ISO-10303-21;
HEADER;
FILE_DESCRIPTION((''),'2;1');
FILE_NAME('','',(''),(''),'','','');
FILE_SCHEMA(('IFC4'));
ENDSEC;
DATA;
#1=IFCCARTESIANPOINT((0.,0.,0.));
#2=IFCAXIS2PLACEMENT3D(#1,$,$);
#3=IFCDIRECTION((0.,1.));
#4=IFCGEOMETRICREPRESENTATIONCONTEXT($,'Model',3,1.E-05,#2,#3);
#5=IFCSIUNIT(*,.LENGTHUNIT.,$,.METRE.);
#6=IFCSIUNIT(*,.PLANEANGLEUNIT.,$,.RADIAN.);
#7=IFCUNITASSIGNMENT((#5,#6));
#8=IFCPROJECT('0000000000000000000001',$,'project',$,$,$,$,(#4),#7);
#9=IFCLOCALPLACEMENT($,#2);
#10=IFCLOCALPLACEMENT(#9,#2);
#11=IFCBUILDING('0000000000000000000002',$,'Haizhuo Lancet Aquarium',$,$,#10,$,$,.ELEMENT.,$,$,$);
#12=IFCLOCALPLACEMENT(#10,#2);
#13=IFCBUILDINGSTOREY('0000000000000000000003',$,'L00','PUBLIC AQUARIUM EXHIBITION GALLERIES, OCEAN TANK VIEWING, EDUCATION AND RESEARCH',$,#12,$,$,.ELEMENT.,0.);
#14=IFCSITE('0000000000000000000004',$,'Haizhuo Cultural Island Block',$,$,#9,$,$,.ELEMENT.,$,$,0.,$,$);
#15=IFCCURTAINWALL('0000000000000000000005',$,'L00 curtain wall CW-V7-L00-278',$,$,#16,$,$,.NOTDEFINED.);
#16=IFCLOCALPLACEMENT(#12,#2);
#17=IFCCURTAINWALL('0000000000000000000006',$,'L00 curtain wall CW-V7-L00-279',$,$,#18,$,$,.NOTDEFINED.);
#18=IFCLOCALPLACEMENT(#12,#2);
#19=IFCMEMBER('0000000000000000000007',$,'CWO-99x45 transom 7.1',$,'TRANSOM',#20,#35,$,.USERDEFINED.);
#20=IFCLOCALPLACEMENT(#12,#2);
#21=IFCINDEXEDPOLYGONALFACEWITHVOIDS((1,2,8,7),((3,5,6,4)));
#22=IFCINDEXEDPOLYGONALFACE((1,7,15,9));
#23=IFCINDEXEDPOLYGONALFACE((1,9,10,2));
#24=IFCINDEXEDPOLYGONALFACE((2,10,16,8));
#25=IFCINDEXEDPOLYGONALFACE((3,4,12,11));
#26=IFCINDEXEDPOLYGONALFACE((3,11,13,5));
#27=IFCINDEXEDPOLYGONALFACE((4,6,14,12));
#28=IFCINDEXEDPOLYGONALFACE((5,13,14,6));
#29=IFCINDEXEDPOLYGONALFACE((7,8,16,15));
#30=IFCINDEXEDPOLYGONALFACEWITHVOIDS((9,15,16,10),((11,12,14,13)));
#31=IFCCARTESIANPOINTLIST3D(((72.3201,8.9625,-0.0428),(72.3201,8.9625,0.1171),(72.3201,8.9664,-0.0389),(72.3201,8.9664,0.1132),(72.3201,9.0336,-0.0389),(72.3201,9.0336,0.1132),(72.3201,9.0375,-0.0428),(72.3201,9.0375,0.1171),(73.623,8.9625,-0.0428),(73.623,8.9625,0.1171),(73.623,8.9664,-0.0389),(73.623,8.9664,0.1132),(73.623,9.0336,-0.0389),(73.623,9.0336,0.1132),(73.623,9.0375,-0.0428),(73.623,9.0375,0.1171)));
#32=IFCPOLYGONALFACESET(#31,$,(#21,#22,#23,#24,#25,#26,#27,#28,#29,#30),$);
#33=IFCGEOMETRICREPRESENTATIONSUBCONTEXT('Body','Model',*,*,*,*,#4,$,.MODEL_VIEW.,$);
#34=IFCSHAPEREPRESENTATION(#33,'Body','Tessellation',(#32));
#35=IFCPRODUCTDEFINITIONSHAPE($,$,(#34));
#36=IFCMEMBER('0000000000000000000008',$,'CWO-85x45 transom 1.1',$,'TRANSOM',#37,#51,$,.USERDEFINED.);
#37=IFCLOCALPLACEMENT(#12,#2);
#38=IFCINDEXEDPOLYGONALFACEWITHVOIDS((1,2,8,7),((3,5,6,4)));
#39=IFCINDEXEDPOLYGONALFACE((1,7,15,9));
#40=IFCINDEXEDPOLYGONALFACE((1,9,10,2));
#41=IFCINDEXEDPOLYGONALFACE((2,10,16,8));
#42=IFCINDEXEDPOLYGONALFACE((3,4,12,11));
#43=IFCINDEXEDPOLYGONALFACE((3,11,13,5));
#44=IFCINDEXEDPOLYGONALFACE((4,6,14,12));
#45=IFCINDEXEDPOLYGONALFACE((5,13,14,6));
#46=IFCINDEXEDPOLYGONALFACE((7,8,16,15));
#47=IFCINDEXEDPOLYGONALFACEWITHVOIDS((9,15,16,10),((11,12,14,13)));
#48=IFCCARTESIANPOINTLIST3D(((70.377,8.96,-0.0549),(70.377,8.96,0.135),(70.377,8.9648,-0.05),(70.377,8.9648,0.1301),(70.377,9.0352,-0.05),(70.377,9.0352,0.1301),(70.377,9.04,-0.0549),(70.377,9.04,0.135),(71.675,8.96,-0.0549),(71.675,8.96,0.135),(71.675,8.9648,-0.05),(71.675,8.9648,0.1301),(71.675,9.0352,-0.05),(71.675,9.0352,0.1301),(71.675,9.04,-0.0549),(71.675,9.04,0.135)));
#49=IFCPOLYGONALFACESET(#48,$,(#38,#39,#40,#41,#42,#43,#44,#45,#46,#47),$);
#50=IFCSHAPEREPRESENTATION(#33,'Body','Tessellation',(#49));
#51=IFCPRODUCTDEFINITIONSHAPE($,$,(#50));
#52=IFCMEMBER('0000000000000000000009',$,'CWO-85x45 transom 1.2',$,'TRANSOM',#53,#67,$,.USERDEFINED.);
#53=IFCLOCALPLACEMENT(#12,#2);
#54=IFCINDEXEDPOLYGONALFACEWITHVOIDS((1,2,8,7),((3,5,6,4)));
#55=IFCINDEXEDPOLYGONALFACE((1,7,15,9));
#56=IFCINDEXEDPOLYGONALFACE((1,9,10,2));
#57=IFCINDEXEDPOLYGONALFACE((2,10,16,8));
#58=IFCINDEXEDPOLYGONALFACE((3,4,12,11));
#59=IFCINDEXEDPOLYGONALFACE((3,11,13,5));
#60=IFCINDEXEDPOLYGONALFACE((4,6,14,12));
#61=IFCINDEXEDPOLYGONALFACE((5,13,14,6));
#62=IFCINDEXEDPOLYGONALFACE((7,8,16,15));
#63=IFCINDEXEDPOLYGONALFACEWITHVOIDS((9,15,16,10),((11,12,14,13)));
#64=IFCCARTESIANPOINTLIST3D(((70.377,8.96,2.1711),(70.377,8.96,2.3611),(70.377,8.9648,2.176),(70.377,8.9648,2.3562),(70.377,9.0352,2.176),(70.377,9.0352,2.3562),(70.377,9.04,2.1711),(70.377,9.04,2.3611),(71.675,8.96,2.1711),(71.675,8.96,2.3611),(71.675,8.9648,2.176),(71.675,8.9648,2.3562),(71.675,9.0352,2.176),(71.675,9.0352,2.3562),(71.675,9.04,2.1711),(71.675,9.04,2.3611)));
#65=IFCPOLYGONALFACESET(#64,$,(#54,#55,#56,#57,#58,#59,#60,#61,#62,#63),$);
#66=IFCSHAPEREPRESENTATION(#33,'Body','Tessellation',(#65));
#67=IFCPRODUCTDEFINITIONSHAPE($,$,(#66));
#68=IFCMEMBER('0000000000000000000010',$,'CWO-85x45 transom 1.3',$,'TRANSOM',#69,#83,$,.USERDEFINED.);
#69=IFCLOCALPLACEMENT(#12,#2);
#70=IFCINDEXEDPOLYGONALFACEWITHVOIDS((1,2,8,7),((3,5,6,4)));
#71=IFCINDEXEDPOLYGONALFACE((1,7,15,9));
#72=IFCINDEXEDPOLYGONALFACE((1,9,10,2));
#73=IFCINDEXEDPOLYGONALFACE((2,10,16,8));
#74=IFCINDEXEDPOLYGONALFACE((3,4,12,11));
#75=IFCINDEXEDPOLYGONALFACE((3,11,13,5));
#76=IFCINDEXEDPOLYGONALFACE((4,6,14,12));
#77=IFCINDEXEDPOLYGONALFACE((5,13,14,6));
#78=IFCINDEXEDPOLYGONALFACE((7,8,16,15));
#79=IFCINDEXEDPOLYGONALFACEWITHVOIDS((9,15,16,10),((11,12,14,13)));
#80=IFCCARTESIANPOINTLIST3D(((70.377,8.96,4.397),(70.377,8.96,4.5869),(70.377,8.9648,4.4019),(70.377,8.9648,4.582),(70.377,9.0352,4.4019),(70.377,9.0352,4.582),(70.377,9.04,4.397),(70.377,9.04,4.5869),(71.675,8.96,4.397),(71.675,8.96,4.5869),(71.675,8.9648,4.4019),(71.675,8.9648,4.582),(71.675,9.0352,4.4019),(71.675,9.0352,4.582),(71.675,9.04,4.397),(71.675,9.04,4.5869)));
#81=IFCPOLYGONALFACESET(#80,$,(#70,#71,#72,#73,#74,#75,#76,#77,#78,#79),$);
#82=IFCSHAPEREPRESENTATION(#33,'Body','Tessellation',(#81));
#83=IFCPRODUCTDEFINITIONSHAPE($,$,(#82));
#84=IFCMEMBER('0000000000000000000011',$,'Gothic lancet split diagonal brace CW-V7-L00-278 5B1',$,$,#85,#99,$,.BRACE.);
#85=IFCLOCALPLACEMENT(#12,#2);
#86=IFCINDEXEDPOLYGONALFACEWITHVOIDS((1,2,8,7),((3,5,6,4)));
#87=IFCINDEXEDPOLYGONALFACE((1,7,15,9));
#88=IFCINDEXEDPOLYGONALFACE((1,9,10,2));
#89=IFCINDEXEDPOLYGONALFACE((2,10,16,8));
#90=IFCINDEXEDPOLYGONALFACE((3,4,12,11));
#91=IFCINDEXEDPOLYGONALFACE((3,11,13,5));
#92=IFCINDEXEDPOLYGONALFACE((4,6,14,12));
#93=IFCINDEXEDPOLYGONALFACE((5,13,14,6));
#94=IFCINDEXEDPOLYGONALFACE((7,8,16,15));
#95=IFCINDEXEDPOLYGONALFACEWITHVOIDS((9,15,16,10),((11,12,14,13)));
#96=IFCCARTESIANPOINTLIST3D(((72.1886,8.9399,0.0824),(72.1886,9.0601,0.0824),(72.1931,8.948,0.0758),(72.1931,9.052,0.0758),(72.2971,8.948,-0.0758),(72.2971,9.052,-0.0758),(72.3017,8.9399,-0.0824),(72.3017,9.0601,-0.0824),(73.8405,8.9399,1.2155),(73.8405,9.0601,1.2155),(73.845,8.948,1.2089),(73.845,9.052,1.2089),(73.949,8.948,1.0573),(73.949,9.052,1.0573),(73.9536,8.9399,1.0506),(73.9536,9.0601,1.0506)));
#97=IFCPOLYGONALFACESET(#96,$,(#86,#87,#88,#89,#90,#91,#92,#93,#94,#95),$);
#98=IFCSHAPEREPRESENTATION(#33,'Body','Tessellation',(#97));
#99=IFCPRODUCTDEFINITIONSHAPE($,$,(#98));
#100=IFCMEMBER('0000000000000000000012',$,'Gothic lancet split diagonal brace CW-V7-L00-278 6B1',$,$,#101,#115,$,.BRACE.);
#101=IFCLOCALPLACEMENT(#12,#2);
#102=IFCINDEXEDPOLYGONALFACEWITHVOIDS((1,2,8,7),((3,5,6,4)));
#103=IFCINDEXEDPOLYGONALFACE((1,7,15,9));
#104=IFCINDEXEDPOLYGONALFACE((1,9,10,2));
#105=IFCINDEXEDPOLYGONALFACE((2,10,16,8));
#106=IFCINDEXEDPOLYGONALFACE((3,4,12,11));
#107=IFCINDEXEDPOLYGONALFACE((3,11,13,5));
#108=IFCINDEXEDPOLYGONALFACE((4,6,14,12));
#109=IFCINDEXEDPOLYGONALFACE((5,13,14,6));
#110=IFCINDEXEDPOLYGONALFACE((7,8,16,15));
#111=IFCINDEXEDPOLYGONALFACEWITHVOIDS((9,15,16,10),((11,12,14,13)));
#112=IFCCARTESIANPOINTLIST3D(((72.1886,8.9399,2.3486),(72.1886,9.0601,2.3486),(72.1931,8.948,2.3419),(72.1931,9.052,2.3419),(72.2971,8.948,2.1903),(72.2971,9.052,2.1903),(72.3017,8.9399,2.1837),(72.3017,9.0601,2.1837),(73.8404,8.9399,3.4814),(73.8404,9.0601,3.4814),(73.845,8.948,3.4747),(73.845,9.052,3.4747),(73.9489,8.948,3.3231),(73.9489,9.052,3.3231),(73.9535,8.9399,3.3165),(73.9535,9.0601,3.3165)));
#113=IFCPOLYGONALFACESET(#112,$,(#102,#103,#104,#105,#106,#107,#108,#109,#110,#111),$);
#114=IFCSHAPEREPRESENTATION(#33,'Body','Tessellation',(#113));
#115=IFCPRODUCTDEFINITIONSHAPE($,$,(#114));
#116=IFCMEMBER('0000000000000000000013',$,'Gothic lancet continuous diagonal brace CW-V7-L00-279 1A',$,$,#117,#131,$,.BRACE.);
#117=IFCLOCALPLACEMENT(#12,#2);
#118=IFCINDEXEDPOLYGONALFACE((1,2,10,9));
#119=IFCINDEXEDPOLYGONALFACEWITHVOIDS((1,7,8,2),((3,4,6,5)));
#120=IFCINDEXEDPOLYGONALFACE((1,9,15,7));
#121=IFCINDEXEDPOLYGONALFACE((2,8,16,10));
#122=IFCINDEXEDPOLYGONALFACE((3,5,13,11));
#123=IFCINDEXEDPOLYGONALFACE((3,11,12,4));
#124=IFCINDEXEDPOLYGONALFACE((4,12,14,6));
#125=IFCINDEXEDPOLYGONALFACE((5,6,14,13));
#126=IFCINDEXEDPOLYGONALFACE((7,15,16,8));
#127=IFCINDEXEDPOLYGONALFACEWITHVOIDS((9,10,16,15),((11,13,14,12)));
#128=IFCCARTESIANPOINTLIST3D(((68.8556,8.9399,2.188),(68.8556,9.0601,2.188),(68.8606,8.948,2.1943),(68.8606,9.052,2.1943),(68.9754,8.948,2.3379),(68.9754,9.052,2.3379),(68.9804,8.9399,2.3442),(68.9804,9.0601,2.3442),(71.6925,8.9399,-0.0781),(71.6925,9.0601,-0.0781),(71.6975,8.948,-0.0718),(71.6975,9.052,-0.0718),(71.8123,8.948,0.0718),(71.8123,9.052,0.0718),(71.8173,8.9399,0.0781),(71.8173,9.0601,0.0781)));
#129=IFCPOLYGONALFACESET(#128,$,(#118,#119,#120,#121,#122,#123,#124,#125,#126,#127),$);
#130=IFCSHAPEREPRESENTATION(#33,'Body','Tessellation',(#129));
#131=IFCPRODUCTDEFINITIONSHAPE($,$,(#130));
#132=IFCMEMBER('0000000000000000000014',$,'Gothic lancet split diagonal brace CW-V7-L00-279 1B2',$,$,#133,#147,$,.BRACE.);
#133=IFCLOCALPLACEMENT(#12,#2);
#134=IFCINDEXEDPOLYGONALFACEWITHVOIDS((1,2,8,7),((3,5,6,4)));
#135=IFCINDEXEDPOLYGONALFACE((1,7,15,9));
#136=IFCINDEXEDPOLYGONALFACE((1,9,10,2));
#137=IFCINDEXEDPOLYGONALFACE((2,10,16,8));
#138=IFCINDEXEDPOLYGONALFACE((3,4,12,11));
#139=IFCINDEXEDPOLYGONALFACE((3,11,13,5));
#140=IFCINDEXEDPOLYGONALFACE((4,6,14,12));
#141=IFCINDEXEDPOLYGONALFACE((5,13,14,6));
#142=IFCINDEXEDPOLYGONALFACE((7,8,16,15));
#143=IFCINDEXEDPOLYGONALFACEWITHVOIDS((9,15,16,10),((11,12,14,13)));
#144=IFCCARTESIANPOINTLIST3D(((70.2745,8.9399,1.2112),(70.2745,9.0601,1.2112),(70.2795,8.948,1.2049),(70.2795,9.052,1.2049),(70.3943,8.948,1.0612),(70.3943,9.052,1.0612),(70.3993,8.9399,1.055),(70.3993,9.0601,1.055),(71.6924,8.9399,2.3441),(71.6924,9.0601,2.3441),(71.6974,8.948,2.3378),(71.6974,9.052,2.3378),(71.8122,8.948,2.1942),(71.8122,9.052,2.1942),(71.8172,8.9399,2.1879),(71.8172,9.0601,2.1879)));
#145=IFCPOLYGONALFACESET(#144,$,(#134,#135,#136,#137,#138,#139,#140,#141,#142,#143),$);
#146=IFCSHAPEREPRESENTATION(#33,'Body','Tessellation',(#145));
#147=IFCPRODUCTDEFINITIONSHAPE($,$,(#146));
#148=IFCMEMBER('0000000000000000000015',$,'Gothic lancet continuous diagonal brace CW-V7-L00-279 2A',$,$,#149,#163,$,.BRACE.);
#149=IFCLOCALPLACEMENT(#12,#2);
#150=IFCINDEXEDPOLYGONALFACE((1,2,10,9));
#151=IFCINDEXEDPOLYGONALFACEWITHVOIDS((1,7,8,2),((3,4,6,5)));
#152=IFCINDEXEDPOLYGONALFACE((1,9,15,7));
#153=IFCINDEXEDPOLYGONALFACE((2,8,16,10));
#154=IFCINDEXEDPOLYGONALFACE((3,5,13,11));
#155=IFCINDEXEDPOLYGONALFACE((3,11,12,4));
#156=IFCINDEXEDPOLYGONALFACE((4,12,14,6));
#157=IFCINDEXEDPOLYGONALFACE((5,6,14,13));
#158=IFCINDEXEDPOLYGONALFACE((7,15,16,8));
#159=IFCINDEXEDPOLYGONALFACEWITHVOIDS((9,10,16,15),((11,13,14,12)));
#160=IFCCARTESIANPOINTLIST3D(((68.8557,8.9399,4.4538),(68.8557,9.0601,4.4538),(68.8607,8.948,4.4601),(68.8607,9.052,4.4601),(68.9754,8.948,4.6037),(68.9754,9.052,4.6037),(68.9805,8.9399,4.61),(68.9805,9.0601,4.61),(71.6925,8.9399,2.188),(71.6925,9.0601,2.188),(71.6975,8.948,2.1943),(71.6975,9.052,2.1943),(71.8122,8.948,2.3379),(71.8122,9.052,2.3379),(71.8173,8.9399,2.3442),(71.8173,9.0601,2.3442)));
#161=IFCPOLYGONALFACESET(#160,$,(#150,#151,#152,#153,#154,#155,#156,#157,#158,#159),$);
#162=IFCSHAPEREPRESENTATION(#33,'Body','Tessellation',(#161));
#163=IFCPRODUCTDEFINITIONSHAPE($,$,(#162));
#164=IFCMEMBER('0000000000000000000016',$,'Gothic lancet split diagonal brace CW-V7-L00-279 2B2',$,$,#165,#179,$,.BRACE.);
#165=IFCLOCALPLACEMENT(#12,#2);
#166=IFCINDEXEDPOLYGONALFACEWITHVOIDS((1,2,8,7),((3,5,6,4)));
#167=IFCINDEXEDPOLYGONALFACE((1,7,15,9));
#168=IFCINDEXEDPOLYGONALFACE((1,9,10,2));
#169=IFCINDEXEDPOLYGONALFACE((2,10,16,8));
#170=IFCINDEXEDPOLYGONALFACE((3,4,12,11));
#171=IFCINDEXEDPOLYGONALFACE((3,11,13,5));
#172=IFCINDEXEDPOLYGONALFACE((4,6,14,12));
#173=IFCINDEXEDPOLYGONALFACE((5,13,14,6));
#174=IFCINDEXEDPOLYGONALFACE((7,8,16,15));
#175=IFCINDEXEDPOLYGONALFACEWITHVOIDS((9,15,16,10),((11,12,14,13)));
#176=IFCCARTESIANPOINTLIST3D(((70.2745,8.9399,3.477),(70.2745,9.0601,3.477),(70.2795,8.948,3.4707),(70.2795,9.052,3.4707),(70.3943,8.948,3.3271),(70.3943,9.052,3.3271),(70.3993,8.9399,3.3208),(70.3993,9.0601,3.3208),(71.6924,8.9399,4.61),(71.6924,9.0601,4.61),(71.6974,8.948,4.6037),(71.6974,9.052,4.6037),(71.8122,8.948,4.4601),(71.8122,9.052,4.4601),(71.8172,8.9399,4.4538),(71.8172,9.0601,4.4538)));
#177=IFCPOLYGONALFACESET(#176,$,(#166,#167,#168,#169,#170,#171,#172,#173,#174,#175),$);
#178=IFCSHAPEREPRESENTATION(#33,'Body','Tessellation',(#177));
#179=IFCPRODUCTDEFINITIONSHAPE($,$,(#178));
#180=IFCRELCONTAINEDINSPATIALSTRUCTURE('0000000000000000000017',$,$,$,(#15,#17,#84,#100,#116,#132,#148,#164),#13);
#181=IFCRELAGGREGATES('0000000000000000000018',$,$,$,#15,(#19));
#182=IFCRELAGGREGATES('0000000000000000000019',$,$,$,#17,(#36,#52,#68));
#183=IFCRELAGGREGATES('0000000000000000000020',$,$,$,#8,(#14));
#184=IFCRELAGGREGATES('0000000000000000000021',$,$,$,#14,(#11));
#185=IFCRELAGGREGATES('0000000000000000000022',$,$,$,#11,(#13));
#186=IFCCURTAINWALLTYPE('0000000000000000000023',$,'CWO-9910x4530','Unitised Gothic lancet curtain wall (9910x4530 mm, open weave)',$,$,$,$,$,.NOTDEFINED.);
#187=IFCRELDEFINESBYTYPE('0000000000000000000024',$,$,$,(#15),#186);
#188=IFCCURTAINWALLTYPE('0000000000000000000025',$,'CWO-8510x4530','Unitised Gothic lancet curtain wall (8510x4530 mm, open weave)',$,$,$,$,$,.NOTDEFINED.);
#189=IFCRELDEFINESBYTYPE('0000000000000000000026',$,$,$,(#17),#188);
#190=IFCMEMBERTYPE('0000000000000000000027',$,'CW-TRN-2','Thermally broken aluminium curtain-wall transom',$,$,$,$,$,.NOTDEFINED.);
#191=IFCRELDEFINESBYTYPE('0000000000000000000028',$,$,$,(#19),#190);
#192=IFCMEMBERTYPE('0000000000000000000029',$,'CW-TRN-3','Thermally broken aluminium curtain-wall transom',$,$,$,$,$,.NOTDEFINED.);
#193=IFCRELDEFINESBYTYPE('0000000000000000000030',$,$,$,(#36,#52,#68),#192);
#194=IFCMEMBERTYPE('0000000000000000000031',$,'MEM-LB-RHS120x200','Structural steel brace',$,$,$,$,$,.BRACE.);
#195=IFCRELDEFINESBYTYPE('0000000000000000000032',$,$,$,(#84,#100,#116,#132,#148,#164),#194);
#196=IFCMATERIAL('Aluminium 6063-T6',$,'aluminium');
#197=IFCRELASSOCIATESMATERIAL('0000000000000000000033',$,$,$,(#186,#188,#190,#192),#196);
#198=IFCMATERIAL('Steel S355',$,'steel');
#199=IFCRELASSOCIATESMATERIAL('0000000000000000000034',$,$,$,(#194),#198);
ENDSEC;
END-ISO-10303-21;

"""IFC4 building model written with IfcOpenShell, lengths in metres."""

from ifc_helpers import new_model, si_unit, direction, frame, origin, origin_2d, place, context, subcontext, project, spatial, hollow_rectangle, extrude, material, material_profile, profile_set, type_object, element, aggregate, save


model = new_model("IFC4")

# Units and contexts
model_context = context("Model", 3, precision=1e-05, world=origin(), true_north=direction((0.0, 1.0)))
body_context = subcontext(model_context, "Body", "Model", "MODEL_VIEW")
ifc_project = project(units=[si_unit("LENGTHUNIT", "METRE"), si_unit("PLANEANGLEUNIT", "RADIAN")], contexts=[model_context])

# Site, building, storey
site_placement = place(None, origin())
site = spatial("IfcSite", under=ifc_project, at=site_placement, Name="Haizhuo Cultural Island Block", CompositionType="ELEMENT", RefElevation=0.0)
building_placement = place(site_placement, origin())
building = spatial("IfcBuilding", under=site, at=building_placement, Name="Haizhuo Lancet Aquarium", CompositionType="ELEMENT")
storey_placement = place(building_placement, origin())
storey = spatial("IfcBuildingStorey", under=building, at=storey_placement, Name="L00", Description="PUBLIC AQUARIUM EXHIBITION GALLERIES, OCEAN TANK VIEWING, EDUCATION AND RESEARCH", CompositionType="ELEMENT", Elevation=0.0)

# Shared definitions
ifc_material_1 = material(Name="Steel S355", Category="steel")

# Curtain wall
ifc_material_2 = material(Name="Aluminium 6063-T6", Category="aluminium")
curtain_wall_type_1 = type_object("IfcCurtainWallType", Name="CWO-9910x4530", Description="Unitised Gothic lancet curtain wall (9910x4530 mm, open weave)", PredefinedType="NOTDEFINED", material=ifc_material_2)
curtain_wall_1_placement = place(storey_placement, origin())
curtain_wall_1 = element("IfcCurtainWall", 1, at=curtain_wall_1_placement, inside=storey, type_object=curtain_wall_type_1, Name="L00 curtain wall CW-V7-L00-278", PredefinedType="NOTDEFINED")

# Curtain wall
curtain_wall_type_2 = type_object("IfcCurtainWallType", Name="CWO-8510x4530", Description="Unitised Gothic lancet curtain wall (8510x4530 mm, open weave)", PredefinedType="NOTDEFINED", material=ifc_material_2)
curtain_wall_2_placement = place(storey_placement, origin())
curtain_wall_2 = element("IfcCurtainWall", 2, at=curtain_wall_2_placement, inside=storey, type_object=curtain_wall_type_2, Name="L00 curtain wall CW-V7-L00-279", PredefinedType="NOTDEFINED")

# Members
ifc_material_profile_1 = material_profile(ifc_material_2, hollow_rectangle(XDim=0.075, YDim=0.1599, WallThickness=0.0039, at=origin_2d()), Name="ALU-T 75x160x4")
ifc_profile_set_1 = profile_set([ifc_material_profile_1], Name="Aluminium 6063-T6")
member_type_1 = type_object("IfcMemberType", Name="CW-TRN-2", Description="Thermally broken aluminium curtain-wall transom", PredefinedType="NOTDEFINED", material=ifc_profile_set_1)
member_1_placement = place(storey_placement, frame((73.623, 9.0, 0.0371), z_axis=(-1.0, 0.0, 0.0), x_axis=(0.0, -1.0, 0.0)))
member_1 = element("IfcMember", 3, at=member_1_placement, type_object=member_type_1, Name="CWO-99x45 transom 7.1", ObjectType="TRANSOM", PredefinedType="USERDEFINED", context=body_context, shape_type="SweptSolid", body=[
    extrude(hollow_rectangle(XDim=0.075, YDim=0.1599, WallThickness=0.0039, at=origin_2d()), origin(), (0.0, 0.0, 1.0), 1.303),
])
ifc_material_profile_2 = material_profile(ifc_material_2, hollow_rectangle(XDim=0.0801, YDim=0.1899, WallThickness=0.0049, at=origin_2d()), Name="ALU-T 80x190x5")
ifc_profile_set_2 = profile_set([ifc_material_profile_2], Name="Aluminium 6063-T6")
member_type_2 = type_object("IfcMemberType", Name="CW-TRN-3", Description="Thermally broken aluminium curtain-wall transom", PredefinedType="NOTDEFINED", material=ifc_profile_set_2)
member_2_placement = place(storey_placement, frame((71.675, 9.0, 0.04), z_axis=(-1.0, 0.0, 0.0), x_axis=(0.0, -1.0, 0.0)))
member_2 = element("IfcMember", 4, at=member_2_placement, type_object=member_type_2, Name="CWO-85x45 transom 1.1", ObjectType="TRANSOM", PredefinedType="USERDEFINED", context=body_context, shape_type="SweptSolid", body=[
    extrude(hollow_rectangle(XDim=0.0801, YDim=0.1899, WallThickness=0.0049, at=origin_2d()), origin(), (0.0, 0.0, 1.0), 1.2981),
])
member_3_placement = place(storey_placement, frame((71.675, 9.0, 2.2661), z_axis=(-1.0, 0.0, 0.0), x_axis=(0.0, -1.0, 0.0)))
member_3 = element("IfcMember", 5, at=member_3_placement, type_object=member_type_2, Name="CWO-85x45 transom 1.2", ObjectType="TRANSOM", PredefinedType="USERDEFINED", context=body_context, shape_type="SweptSolid", body=[
    extrude(hollow_rectangle(XDim=0.0801, YDim=0.1899, WallThickness=0.0049, at=origin_2d()), origin(), (0.0, 0.0, 1.0), 1.2981),
])
member_4_placement = place(storey_placement, frame((71.675, 9.0, 4.4919), z_axis=(-1.0, 0.0, 0.0), x_axis=(0.0, -1.0, 0.0)))
member_4 = element("IfcMember", 6, at=member_4_placement, type_object=member_type_2, Name="CWO-85x45 transom 1.3", ObjectType="TRANSOM", PredefinedType="USERDEFINED", context=body_context, shape_type="SweptSolid", body=[
    extrude(hollow_rectangle(XDim=0.0801, YDim=0.1899, WallThickness=0.0049, at=origin_2d()), origin(), (0.0, 0.0, 1.0), 1.2981),
])

# Members
ifc_material_profile_3 = material_profile(ifc_material_1, hollow_rectangle(XDim=0.1201, YDim=0.2, WallThickness=0.0081, at=origin_2d()), Name="RHS 120x200x8")
ifc_profile_set_3 = profile_set([ifc_material_profile_3], Name="Steel S355")
member_type_3 = type_object("IfcMemberType", Name="MEM-LB-RHS120x200", Description="Structural steel brace", PredefinedType="BRACE", material=ifc_profile_set_3)
member_5_placement = place(storey_placement, frame((72.2451, 9.0, 0.0), z_axis=(0.824646, 0.0, 0.565649), x_axis=(0.0, 1.0, 0.0)))
element("IfcMember", 7, at=member_5_placement, inside=storey, type_object=member_type_3, Name="Gothic lancet split diagonal brace CW-V7-L00-278 5B1", PredefinedType="BRACE", context=body_context, shape_type="SweptSolid", body=[
    extrude(hollow_rectangle(XDim=0.1201, YDim=0.2, WallThickness=0.0081, at=origin_2d()), origin(), (0.0, 0.0, 1.0), 2.0032),
])
member_6_placement = place(storey_placement, frame((72.2451, 9.0, 2.2661), z_axis=(0.824703, 0.0, 0.565566), x_axis=(0.0, 1.0, 0.0)))
element("IfcMember", 8, at=member_6_placement, inside=storey, type_object=member_type_3, Name="Gothic lancet split diagonal brace CW-V7-L00-278 6B1", PredefinedType="BRACE", context=body_context, shape_type="SweptSolid", body=[
    extrude(hollow_rectangle(XDim=0.1201, YDim=0.2, WallThickness=0.0081, at=origin_2d()), origin(), (0.0, 0.0, 1.0), 2.0029),
])
member_7_placement = place(storey_placement, frame((71.7549, 9.0, 0.0), z_axis=(-0.781328, 0.0, 0.624121), x_axis=(0.0, -1.0, 0.0)))
element("IfcMember", 9, at=member_7_placement, inside=storey, type_object=member_type_3, Name="Gothic lancet continuous diagonal brace CW-V7-L00-279 1A", PredefinedType="BRACE", context=body_context, shape_type="SweptSolid", body=[
    extrude(hollow_rectangle(XDim=0.1201, YDim=0.2, WallThickness=0.0081, at=origin_2d()), origin(), (0.0, 0.0, 1.0), 3.6309),
])
member_8_placement = place(storey_placement, frame((70.3369, 9.0, 1.1331), z_axis=(0.781223, 0.0, 0.624252), x_axis=(0.0, 1.0, 0.0)))
element("IfcMember", 10, at=member_8_placement, inside=storey, type_object=member_type_3, Name="Gothic lancet split diagonal brace CW-V7-L00-279 1B2", PredefinedType="BRACE", context=body_context, shape_type="SweptSolid", body=[
    extrude(hollow_rectangle(XDim=0.1201, YDim=0.2, WallThickness=0.0081, at=origin_2d()), origin(), (0.0, 0.0, 1.0), 1.8149),
])
member_9_placement = place(storey_placement, frame((71.7549, 9.0, 2.2661), z_axis=(-0.781361, 0.0, 0.62408), x_axis=(0.0, -1.0, 0.0)))
element("IfcMember", 11, at=member_9_placement, inside=storey, type_object=member_type_3, Name="Gothic lancet continuous diagonal brace CW-V7-L00-279 2A", PredefinedType="BRACE", context=body_context, shape_type="SweptSolid", body=[
    extrude(hollow_rectangle(XDim=0.1201, YDim=0.2, WallThickness=0.0081, at=origin_2d()), origin(), (0.0, 0.0, 1.0), 3.6306),
])
member_10_placement = place(storey_placement, frame((70.3369, 9.0, 3.3989), z_axis=(0.781223, 0.0, 0.624252), x_axis=(0.0, 1.0, 0.0)))
element("IfcMember", 12, at=member_10_placement, inside=storey, type_object=member_type_3, Name="Gothic lancet split diagonal brace CW-V7-L00-279 2B2", PredefinedType="BRACE", context=body_context, shape_type="SweptSolid", body=[
    extrude(hollow_rectangle(XDim=0.1201, YDim=0.2, WallThickness=0.0081, at=origin_2d()), origin(), (0.0, 0.0, 1.0), 1.8149),
])

aggregate(curtain_wall_1, [member_1])
aggregate(curtain_wall_2, [member_2, member_3, member_4])

save(model, "model.ifc")
